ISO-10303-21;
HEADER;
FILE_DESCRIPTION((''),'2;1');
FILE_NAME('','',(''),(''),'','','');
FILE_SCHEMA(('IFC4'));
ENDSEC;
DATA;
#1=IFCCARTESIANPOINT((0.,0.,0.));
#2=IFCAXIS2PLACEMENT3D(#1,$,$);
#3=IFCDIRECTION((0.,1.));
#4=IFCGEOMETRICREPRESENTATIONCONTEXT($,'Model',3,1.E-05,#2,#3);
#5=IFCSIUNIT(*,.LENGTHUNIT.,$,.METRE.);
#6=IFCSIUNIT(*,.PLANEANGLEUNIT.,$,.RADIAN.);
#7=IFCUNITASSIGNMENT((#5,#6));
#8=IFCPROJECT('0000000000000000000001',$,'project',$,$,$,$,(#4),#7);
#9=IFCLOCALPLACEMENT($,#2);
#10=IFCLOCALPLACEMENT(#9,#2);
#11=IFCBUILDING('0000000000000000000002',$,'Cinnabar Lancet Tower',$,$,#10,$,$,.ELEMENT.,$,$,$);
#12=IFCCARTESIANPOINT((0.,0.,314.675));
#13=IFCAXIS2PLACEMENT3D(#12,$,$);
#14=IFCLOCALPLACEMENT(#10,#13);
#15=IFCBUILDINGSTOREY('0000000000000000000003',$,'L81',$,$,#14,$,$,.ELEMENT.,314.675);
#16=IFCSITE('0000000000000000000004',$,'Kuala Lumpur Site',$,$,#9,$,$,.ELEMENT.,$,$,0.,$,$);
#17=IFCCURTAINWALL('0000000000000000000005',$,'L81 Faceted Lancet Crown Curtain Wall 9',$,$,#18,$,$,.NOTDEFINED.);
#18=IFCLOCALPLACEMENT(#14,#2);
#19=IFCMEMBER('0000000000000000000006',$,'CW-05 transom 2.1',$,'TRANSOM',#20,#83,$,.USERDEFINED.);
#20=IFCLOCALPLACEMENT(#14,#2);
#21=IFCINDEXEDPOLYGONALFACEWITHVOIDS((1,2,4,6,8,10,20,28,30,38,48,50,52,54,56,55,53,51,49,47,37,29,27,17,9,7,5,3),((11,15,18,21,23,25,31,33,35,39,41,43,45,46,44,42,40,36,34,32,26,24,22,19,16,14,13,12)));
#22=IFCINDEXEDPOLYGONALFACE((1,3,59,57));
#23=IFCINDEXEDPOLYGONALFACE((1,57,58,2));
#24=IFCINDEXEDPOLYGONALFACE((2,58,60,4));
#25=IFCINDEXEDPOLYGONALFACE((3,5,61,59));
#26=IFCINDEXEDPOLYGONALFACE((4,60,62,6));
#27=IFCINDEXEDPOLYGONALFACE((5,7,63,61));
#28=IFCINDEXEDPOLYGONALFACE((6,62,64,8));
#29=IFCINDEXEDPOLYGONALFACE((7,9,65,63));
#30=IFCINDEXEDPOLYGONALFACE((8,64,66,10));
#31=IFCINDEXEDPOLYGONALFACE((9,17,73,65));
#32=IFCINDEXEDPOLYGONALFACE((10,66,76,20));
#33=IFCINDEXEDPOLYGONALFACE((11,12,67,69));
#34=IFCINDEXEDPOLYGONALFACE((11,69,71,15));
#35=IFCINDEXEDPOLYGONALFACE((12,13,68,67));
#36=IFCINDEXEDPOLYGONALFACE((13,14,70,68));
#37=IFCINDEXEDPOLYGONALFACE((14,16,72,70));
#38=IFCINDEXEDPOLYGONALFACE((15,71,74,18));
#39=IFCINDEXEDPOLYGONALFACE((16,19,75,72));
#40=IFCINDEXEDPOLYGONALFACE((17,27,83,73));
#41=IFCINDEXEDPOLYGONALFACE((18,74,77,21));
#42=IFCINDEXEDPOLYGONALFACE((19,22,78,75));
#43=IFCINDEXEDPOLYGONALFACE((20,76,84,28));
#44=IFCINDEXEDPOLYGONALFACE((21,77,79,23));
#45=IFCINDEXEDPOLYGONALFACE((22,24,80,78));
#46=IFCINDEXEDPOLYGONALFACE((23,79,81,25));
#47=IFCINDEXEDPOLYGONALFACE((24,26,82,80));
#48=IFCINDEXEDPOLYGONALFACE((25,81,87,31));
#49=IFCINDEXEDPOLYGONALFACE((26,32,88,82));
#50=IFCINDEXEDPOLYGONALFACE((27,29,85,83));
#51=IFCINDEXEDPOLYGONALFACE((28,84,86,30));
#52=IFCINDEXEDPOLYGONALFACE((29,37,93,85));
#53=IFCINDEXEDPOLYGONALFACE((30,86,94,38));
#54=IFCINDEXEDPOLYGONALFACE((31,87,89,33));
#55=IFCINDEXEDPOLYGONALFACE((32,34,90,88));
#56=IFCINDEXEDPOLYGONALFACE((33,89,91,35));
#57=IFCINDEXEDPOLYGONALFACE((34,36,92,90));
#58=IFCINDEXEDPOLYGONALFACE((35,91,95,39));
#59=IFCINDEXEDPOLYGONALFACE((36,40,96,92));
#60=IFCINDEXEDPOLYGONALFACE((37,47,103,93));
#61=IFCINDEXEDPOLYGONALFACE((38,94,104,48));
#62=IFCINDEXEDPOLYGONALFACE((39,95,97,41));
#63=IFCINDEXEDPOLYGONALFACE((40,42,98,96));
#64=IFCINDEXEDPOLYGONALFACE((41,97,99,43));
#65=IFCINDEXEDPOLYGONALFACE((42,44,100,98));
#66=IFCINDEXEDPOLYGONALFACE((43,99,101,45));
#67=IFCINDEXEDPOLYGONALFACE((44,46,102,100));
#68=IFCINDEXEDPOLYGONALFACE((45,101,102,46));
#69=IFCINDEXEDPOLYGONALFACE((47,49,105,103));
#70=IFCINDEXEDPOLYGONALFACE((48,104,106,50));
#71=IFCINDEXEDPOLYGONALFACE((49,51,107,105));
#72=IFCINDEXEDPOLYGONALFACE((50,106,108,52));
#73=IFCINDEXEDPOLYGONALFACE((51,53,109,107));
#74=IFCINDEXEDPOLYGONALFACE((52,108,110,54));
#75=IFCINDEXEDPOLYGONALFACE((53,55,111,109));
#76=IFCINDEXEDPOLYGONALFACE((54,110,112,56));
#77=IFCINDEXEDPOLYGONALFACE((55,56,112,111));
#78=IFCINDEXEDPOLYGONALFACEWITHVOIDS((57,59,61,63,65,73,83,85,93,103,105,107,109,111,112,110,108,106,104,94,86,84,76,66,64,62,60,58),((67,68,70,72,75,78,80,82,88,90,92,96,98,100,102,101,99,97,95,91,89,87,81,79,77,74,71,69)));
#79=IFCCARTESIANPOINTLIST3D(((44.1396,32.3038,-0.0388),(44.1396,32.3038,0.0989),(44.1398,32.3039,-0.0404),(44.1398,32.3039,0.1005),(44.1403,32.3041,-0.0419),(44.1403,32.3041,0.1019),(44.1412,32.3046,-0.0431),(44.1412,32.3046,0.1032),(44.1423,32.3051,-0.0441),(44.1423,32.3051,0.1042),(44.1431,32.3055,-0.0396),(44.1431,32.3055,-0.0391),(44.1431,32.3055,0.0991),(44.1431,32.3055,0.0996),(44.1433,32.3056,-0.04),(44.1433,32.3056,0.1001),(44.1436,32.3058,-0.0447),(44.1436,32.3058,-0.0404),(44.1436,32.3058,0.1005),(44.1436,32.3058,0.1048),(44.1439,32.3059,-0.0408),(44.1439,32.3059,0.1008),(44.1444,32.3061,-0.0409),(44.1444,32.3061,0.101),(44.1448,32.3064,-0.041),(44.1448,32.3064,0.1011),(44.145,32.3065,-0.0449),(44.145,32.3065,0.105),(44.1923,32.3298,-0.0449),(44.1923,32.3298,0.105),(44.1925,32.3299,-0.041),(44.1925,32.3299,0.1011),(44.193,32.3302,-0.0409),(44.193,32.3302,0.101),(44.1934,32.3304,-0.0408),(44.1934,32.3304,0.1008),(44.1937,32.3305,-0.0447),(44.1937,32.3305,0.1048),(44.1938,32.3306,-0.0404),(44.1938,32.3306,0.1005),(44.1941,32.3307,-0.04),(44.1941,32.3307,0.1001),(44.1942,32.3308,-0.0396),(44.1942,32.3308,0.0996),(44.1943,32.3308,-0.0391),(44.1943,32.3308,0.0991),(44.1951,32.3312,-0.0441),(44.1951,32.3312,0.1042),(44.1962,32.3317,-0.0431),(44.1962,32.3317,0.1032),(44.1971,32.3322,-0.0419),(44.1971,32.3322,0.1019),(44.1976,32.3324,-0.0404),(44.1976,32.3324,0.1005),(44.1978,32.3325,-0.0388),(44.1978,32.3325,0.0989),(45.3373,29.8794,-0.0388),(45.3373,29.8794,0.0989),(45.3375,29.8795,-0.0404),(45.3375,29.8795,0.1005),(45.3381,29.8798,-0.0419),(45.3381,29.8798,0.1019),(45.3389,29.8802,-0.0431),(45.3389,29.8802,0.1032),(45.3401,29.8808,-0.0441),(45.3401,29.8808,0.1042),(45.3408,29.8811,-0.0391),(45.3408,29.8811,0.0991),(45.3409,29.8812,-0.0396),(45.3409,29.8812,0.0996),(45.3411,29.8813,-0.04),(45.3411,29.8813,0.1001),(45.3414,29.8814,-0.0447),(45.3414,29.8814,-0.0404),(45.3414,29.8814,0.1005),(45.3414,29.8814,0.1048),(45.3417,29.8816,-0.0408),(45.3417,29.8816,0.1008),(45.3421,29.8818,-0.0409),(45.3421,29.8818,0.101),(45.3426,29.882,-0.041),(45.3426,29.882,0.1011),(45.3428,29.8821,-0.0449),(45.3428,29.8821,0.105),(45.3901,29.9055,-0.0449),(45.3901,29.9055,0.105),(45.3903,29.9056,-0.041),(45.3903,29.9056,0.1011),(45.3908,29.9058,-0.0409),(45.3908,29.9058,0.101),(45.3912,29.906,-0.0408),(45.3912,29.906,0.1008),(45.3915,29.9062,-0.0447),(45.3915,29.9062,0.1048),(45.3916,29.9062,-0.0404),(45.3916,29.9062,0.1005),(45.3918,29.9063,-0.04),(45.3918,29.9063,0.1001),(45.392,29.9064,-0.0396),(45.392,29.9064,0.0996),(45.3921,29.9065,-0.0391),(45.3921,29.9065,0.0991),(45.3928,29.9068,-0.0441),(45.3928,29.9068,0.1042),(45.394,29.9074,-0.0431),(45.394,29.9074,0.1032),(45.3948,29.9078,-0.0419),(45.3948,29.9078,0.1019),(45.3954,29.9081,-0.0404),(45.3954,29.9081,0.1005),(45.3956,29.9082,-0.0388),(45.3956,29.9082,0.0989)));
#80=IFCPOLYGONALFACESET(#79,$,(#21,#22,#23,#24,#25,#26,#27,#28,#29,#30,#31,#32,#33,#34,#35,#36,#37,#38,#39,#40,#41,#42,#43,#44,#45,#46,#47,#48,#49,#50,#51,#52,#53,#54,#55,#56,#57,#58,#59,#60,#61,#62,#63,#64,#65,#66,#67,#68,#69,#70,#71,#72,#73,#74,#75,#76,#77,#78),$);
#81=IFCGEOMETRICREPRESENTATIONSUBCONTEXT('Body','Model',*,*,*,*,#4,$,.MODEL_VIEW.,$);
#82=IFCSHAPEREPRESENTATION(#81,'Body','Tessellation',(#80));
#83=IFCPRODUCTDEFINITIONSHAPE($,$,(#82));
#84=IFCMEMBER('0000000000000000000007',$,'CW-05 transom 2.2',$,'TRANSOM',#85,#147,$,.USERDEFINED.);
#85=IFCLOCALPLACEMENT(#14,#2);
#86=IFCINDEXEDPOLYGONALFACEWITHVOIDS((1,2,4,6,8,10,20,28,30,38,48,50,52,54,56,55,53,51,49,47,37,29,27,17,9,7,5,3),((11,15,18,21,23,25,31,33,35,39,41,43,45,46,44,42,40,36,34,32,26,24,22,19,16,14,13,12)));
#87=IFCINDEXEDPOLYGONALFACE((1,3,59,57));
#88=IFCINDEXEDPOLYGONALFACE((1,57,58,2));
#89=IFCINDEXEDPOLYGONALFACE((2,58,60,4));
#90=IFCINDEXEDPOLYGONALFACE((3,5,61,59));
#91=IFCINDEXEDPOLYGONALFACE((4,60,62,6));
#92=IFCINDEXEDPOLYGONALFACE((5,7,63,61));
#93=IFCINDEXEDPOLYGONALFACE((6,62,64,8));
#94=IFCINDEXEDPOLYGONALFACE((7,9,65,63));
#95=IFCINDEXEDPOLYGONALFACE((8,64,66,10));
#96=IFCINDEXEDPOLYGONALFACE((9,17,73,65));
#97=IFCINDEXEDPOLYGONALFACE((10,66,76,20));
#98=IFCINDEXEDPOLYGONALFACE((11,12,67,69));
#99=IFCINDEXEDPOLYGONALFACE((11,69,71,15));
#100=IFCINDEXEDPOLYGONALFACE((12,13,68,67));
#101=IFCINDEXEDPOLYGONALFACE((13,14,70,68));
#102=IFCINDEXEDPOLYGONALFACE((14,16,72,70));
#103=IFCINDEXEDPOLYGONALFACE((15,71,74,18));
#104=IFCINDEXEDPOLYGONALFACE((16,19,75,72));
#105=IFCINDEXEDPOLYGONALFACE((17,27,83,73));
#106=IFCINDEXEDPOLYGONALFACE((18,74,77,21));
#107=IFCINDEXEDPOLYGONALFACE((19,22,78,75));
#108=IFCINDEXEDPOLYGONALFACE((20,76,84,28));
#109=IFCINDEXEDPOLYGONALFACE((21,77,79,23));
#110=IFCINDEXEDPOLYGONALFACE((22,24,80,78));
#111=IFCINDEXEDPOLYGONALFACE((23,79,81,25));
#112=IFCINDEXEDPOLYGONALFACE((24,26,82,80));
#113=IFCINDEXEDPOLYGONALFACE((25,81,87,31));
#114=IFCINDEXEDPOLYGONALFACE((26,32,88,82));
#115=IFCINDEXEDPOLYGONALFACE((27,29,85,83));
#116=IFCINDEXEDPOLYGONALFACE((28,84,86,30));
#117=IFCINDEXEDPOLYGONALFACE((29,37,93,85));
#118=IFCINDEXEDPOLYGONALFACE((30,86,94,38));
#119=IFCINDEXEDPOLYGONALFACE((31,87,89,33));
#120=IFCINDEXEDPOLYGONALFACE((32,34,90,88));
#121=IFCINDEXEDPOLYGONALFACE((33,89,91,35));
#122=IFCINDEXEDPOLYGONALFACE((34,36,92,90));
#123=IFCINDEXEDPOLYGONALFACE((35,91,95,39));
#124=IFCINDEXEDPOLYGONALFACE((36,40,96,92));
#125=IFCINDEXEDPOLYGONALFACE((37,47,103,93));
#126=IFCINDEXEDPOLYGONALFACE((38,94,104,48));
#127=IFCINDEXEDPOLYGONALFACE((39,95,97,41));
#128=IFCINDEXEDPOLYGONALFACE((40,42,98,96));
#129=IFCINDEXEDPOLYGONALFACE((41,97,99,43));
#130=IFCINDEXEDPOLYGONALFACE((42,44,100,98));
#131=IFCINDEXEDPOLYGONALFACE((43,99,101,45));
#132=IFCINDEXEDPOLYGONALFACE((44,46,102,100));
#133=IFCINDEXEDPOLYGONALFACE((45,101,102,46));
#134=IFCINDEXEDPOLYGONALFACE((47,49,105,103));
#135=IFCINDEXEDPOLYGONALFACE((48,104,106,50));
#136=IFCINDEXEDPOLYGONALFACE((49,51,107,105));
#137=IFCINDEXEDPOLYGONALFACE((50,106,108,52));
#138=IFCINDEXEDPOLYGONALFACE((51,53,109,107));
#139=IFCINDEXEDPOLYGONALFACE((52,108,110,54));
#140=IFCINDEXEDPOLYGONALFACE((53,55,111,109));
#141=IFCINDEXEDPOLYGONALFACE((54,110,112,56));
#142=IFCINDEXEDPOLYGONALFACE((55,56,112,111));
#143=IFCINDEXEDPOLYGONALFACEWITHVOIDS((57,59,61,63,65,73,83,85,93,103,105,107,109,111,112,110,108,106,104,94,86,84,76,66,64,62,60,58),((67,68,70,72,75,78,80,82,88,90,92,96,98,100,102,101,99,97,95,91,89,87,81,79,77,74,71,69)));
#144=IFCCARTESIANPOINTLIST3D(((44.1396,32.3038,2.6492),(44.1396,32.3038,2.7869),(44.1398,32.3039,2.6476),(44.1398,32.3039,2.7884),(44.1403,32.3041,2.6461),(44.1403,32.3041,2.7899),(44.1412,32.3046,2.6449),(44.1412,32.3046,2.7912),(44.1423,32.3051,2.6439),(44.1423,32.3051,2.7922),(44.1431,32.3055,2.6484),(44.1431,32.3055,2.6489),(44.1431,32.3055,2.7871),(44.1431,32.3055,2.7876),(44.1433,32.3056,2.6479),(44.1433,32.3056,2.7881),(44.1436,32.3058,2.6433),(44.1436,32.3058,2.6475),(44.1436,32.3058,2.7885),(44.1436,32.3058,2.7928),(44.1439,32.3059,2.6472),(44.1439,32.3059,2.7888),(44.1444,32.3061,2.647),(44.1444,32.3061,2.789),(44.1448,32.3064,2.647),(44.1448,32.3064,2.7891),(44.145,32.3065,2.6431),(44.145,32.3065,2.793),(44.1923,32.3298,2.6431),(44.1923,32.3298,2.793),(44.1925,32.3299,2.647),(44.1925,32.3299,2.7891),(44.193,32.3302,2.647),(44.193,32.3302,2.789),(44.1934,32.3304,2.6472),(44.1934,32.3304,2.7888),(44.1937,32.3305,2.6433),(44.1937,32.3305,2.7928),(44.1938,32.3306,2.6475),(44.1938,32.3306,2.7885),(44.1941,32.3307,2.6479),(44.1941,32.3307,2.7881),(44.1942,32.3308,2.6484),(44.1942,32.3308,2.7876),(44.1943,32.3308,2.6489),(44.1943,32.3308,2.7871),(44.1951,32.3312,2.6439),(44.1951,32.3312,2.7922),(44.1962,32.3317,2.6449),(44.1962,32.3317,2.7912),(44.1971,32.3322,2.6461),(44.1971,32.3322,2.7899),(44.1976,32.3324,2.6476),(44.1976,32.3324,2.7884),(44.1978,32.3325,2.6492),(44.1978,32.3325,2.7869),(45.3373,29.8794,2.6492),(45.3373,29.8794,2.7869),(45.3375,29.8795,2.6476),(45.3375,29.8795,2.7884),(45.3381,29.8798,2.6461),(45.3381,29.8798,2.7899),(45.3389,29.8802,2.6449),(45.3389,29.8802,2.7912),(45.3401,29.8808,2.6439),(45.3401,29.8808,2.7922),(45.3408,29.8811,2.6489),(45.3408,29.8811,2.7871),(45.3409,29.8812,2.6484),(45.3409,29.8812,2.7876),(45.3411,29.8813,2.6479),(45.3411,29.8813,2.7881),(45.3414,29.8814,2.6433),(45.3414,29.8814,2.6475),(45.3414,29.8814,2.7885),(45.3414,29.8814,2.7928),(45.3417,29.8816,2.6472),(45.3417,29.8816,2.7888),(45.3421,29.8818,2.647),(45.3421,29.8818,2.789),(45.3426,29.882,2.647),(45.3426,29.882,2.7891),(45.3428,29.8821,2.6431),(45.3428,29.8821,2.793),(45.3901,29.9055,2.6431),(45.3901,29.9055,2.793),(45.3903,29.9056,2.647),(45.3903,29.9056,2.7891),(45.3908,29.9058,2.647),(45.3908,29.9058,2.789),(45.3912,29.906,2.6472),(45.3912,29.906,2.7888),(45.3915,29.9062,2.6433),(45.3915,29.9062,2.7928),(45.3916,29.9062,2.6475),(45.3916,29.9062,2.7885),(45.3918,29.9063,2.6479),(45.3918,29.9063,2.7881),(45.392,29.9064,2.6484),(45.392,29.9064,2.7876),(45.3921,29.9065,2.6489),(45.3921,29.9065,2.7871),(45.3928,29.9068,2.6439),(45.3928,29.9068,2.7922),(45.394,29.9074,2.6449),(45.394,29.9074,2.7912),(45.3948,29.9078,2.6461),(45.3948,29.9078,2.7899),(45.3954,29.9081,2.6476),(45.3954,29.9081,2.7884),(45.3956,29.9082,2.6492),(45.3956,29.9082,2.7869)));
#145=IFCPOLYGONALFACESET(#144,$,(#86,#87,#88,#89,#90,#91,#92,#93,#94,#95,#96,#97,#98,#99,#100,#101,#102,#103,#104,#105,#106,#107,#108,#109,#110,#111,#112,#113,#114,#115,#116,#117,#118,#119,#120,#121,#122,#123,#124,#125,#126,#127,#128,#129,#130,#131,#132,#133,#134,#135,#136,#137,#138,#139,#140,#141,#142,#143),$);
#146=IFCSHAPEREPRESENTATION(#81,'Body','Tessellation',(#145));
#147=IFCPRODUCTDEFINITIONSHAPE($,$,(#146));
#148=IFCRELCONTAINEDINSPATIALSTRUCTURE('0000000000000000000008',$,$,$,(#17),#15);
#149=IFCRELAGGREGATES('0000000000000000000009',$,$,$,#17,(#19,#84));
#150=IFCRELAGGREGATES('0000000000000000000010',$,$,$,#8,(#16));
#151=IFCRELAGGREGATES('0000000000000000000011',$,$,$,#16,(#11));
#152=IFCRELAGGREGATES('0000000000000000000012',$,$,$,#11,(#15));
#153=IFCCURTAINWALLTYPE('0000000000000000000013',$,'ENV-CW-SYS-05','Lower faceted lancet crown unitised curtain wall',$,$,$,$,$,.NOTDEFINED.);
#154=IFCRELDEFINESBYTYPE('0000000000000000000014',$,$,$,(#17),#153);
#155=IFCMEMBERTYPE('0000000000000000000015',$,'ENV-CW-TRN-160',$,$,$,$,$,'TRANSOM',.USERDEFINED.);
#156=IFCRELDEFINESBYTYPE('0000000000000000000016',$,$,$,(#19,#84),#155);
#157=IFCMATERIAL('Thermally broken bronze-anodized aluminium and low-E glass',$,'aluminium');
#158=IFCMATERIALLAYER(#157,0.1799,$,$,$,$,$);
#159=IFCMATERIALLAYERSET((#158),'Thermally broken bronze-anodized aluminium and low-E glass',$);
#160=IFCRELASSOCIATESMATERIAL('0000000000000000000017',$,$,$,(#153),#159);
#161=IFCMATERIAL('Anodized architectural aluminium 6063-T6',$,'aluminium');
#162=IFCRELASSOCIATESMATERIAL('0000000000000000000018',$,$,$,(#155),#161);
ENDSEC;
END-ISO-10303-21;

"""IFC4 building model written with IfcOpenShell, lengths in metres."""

from ifc_helpers import new_model, si_unit, direction, frame, origin, origin_2d, place, context, subcontext, project, spatial, hollow_rectangle, extrude, material, layer, layer_set, material_profile, profile_set, type_object, element, aggregate, save


model = new_model("IFC4")

# Units and contexts
model_context = context("Model", 3, precision=1e-05, world=origin(), true_north=direction((0.0, 1.0)))
body_context = subcontext(model_context, "Body", "Model", "MODEL_VIEW")
ifc_project = project(units=[si_unit("LENGTHUNIT", "METRE"), si_unit("PLANEANGLEUNIT", "RADIAN")], contexts=[model_context])

# Site, building, storey
site_placement = place(None, origin())
site = spatial("IfcSite", under=ifc_project, at=site_placement, Name="Kuala Lumpur Site", CompositionType="ELEMENT", RefElevation=0.0)
building_placement = place(site_placement, origin())
building = spatial("IfcBuilding", under=site, at=building_placement, Name="Cinnabar Lancet Tower", CompositionType="ELEMENT")
storey_placement = place(building_placement, frame((0.0, 0.0, 314.675)))
storey = spatial("IfcBuildingStorey", under=building, at=storey_placement, Name="L81", CompositionType="ELEMENT", Elevation=314.675)

# Curtain wall
ifc_material_1 = material(Name="Thermally broken bronze-anodized aluminium and low-E glass", Category="aluminium")
ifc_layer_1 = layer(ifc_material_1, 0.1799)
ifc_layer_set_1 = layer_set([ifc_layer_1], Name="Thermally broken bronze-anodized aluminium and low-E glass")
curtain_wall_type = type_object("IfcCurtainWallType", Name="ENV-CW-SYS-05", Description="Lower faceted lancet crown unitised curtain wall", PredefinedType="NOTDEFINED", material=ifc_layer_set_1)
curtain_wall_1_placement = place(storey_placement, origin())
curtain_wall_1 = element("IfcCurtainWall", 1, at=curtain_wall_1_placement, inside=storey, type_object=curtain_wall_type, Name="L81 Faceted Lancet Crown Curtain Wall 9", PredefinedType="NOTDEFINED")

# Members
ifc_material_2 = material(Name="Anodized architectural aluminium 6063-T6", Category="aluminium")
ifc_material_profile_1 = material_profile(ifc_material_2, hollow_rectangle(XDim=0.0649, YDim=0.1499, WallThickness=0.0039, InnerFilletRadius=0.002, OuterFilletRadius=0.0061, at=origin_2d()), Name="CW-TRN 150x65x4")
ifc_profile_set_1 = profile_set([ifc_material_profile_1], Name="Anodized architectural aluminium 6063-T6")
member_type_1 = type_object("IfcMemberType", Name="ENV-CW-TRN-160", ElementType="TRANSOM", PredefinedType="USERDEFINED", material=ifc_profile_set_1)
member_1_placement = place(storey_placement, frame((45.3665, 29.8938, 0.03), z_axis=(-0.442947, 0.896548, 0.0), x_axis=(-0.896548, -0.442947, 0.0)))
member_1 = element("IfcMember", 2, at=member_1_placement, type_object=member_type_1, Name="CW-05 transom 2.1", ObjectType="TRANSOM", PredefinedType="USERDEFINED", context=body_context, shape_type="SweptSolid", body=[
    extrude(hollow_rectangle(XDim=0.0649, YDim=0.1499, WallThickness=0.0039, InnerFilletRadius=0.002, OuterFilletRadius=0.0061, at=origin_2d()), origin(), (0.0, 0.0, 1.0), 2.7041),
])
member_2_placement = place(storey_placement, frame((45.3665, 29.8938, 2.718), z_axis=(-0.442947, 0.896548, 0.0), x_axis=(-0.896548, -0.442947, 0.0)))
member_2 = element("IfcMember", 3, at=member_2_placement, type_object=member_type_1, Name="CW-05 transom 2.2", ObjectType="TRANSOM", PredefinedType="USERDEFINED", context=body_context, shape_type="SweptSolid", body=[
    extrude(hollow_rectangle(XDim=0.0649, YDim=0.1499, WallThickness=0.0039, InnerFilletRadius=0.002, OuterFilletRadius=0.0061, at=origin_2d()), origin(), (0.0, 0.0, 1.0), 2.7041),
])

aggregate(curtain_wall_1, [member_1, member_2])

save(model, "model.ifc")
